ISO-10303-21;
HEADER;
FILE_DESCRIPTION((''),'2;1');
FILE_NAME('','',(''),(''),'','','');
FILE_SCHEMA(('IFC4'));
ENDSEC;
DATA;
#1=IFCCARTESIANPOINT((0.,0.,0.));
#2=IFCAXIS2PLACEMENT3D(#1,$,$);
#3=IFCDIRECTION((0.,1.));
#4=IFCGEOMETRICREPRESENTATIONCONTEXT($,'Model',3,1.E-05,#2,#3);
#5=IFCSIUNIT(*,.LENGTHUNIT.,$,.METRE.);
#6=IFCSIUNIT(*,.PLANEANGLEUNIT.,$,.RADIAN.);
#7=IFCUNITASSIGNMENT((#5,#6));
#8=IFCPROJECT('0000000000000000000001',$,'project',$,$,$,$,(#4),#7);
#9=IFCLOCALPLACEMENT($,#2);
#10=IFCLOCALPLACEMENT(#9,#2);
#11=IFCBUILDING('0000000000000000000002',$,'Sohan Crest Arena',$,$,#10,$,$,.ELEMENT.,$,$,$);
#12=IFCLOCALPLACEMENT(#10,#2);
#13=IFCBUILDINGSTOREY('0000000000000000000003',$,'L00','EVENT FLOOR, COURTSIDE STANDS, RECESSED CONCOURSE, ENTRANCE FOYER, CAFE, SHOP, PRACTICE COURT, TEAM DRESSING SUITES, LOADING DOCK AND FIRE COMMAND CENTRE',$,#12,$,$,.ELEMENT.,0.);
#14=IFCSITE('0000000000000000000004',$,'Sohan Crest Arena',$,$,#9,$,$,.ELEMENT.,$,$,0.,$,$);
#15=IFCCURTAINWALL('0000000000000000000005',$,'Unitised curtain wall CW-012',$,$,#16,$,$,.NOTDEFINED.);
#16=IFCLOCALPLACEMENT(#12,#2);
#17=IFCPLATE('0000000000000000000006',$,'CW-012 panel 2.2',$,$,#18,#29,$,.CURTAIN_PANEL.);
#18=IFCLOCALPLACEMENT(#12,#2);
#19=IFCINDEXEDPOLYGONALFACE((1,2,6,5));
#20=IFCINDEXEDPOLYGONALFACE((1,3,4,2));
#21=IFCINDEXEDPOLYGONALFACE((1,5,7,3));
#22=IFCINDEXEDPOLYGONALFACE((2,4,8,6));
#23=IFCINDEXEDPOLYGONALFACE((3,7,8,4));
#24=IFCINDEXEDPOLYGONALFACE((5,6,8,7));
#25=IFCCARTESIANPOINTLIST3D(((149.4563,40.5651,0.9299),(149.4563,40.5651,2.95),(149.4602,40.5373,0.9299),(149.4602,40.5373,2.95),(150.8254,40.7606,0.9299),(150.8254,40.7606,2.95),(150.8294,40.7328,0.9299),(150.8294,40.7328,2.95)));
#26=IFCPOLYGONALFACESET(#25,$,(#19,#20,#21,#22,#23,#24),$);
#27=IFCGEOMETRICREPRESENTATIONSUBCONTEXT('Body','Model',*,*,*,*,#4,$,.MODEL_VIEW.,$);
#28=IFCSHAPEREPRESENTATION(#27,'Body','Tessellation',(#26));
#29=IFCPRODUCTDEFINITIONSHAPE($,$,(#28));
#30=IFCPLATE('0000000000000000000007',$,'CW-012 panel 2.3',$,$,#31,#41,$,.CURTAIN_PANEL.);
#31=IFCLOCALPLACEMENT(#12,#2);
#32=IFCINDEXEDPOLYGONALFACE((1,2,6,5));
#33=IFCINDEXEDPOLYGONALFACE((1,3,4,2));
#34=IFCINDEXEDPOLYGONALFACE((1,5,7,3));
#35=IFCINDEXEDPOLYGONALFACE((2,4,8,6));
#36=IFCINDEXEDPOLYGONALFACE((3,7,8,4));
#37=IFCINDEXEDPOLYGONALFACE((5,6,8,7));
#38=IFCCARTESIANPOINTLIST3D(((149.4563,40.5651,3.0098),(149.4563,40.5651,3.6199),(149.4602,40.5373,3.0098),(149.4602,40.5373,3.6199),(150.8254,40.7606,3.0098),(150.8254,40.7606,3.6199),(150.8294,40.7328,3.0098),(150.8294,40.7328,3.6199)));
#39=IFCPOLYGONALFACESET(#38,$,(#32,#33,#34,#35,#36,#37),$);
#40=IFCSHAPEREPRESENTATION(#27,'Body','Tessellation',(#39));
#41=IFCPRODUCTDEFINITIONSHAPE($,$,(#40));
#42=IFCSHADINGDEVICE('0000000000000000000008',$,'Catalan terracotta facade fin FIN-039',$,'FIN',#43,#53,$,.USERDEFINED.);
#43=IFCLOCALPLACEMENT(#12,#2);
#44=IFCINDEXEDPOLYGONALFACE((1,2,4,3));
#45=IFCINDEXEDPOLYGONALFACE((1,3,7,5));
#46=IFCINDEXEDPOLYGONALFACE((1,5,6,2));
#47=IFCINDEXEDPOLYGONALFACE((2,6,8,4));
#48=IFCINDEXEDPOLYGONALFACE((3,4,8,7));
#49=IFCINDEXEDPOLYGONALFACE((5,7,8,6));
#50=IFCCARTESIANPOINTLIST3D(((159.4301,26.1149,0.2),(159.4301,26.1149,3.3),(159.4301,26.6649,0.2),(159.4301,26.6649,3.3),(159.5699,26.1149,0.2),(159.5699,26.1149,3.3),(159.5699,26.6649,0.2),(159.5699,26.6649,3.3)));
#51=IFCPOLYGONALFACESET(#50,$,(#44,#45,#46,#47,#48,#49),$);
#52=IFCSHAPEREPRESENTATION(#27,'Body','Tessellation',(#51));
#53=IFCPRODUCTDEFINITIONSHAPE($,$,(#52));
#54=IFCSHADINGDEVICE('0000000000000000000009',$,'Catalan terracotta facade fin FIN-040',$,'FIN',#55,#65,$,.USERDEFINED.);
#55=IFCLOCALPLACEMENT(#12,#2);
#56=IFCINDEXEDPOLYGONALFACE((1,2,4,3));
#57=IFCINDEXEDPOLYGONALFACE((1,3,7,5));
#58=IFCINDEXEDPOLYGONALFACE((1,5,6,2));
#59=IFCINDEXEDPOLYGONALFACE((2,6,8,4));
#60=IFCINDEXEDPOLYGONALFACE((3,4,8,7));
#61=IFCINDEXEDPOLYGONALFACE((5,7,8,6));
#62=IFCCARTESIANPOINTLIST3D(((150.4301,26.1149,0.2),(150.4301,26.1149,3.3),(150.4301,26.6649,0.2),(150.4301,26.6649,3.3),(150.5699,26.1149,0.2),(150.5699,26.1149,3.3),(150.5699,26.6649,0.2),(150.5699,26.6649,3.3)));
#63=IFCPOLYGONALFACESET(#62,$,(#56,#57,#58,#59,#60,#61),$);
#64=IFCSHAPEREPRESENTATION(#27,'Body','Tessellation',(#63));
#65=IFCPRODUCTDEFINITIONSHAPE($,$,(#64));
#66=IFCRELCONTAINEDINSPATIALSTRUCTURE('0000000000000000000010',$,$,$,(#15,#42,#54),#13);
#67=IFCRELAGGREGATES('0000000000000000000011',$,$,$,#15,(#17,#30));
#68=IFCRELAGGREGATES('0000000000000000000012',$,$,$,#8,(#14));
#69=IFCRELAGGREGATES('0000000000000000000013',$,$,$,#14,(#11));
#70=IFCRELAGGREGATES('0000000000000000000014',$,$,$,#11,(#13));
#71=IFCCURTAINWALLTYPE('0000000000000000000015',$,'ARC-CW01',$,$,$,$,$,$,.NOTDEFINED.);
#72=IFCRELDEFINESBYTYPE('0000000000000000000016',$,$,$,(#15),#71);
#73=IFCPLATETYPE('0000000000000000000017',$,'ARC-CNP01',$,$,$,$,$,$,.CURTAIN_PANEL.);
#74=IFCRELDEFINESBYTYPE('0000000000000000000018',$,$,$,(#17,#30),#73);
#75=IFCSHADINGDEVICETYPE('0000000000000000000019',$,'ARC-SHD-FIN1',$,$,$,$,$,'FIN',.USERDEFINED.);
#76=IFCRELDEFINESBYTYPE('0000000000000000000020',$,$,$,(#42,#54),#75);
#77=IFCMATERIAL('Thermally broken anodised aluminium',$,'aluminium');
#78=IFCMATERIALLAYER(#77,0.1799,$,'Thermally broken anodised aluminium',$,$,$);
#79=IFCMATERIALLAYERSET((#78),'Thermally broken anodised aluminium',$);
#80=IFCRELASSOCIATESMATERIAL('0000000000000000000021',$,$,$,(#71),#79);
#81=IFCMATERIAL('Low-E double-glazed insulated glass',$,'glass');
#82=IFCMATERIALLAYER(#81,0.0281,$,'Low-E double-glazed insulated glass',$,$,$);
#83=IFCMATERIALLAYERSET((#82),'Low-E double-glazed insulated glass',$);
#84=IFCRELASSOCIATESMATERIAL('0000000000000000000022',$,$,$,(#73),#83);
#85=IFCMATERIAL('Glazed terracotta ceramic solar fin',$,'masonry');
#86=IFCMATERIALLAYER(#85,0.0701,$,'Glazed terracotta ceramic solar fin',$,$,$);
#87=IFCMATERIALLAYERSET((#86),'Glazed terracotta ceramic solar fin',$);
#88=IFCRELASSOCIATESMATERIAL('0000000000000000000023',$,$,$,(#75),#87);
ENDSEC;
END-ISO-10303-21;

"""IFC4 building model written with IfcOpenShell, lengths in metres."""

from ifc_helpers import new_model, si_unit, direction, frame, origin, origin_2d, place, context, subcontext, project, spatial, rectangle, extrude, material, layer, layer_set, type_object, element, aggregate, save


model = new_model("IFC4")

# Units and contexts
model_context = context("Model", 3, precision=1e-05, world=origin(), true_north=direction((0.0, 1.0)))
body_context = subcontext(model_context, "Body", "Model", "MODEL_VIEW")
ifc_project = project(units=[si_unit("LENGTHUNIT", "METRE"), si_unit("PLANEANGLEUNIT", "RADIAN")], contexts=[model_context])

# Site, building, storey
site_placement = place(None, origin())
site = spatial("IfcSite", under=ifc_project, at=site_placement, Name="Sohan Crest Arena", CompositionType="ELEMENT", RefElevation=0.0)
building_placement = place(site_placement, origin())
building = spatial("IfcBuilding", under=site, at=building_placement, Name="Sohan Crest Arena", CompositionType="ELEMENT")
storey_placement = place(building_placement, origin())
storey = spatial("IfcBuildingStorey", under=building, at=storey_placement, Name="L00", Description="EVENT FLOOR, COURTSIDE STANDS, RECESSED CONCOURSE, ENTRANCE FOYER, CAFE, SHOP, PRACTICE COURT, TEAM DRESSING SUITES, LOADING DOCK AND FIRE COMMAND CENTRE", CompositionType="ELEMENT", Elevation=0.0)

# Curtain wall
ifc_material_1 = material(Name="Thermally broken anodised aluminium", Category="aluminium")
ifc_layer_1 = layer(ifc_material_1, 0.1799, Name="Thermally broken anodised aluminium")
ifc_layer_set_1 = layer_set([ifc_layer_1], Name="Thermally broken anodised aluminium")
curtain_wall_type = type_object("IfcCurtainWallType", Name="ARC-CW01", PredefinedType="NOTDEFINED", material=ifc_layer_set_1)
curtain_wall_placement = place(storey_placement, origin())
curtain_wall = element("IfcCurtainWall", 1, at=curtain_wall_placement, inside=storey, type_object=curtain_wall_type, Name="Unitised curtain wall CW-012", PredefinedType="NOTDEFINED")

# Plates
ifc_material_2 = material(Name="Low-E double-glazed insulated glass", Category="glass")
ifc_layer_2 = layer(ifc_material_2, 0.0281, Name="Low-E double-glazed insulated glass")
ifc_layer_set_2 = layer_set([ifc_layer_2], Name="Low-E double-glazed insulated glass")
plate_type = type_object("IfcPlateType", Name="ARC-CNP01", PredefinedType="CURTAIN_PANEL", material=ifc_layer_set_2)
plate_1_placement = place(storey_placement, frame((150.1428, 40.6489, 0.9299), z_axis=(0.0, 0.0, 1.0), x_axis=(0.989957, 0.141366, 0.0)))
plate_1 = element("IfcPlate", 2, at=plate_1_placement, type_object=plate_type, Name="CW-012 panel 2.2", PredefinedType="CURTAIN_PANEL", context=body_context, shape_type="SweptSolid", body=[
    extrude(rectangle(XDim=1.3831, YDim=0.0281, at=origin_2d()), origin(), (0.0, 0.0, 1.0), 2.02),
])
plate_2_placement = place(storey_placement, frame((150.1428, 40.6489, 3.0098), z_axis=(0.0, 0.0, 1.0), x_axis=(0.989957, 0.141366, 0.0)))
plate_2 = element("IfcPlate", 3, at=plate_2_placement, type_object=plate_type, Name="CW-012 panel 2.3", PredefinedType="CURTAIN_PANEL", context=body_context, shape_type="SweptSolid", body=[
    extrude(rectangle(XDim=1.3831, YDim=0.0281, at=origin_2d()), origin(), (0.0, 0.0, 1.0), 0.6101),
])
aggregate(curtain_wall, [plate_1, plate_2])

# Shading devices
ifc_material_3 = material(Name="Glazed terracotta ceramic solar fin", Category="masonry")
ifc_layer_3 = layer(ifc_material_3, 0.0701, Name="Glazed terracotta ceramic solar fin")
ifc_layer_set_3 = layer_set([ifc_layer_3], Name="Glazed terracotta ceramic solar fin")
shading_device_type = type_object("IfcShadingDeviceType", Name="ARC-SHD-FIN1", ElementType="FIN", PredefinedType="USERDEFINED", material=ifc_layer_set_3)
for number, where, z_axis, x_axis, name in (
    (4, (159.5, 26.3899, 0.2), (0.0, 0.0, 1.0), (-1.0, 0.0, 0.0), "Catalan terracotta facade fin FIN-039"),
    (5, (150.5, 26.3899, 0.2), (0.0, 0.0, 1.0), (-1.0, 0.0, 0.0), "Catalan terracotta facade fin FIN-040"),
):
    element("IfcShadingDevice", number, at=place(storey_placement, frame(where, z_axis=z_axis, x_axis=x_axis)), inside=storey, type_object=shading_device_type, Name=name, ObjectType="FIN", PredefinedType="USERDEFINED", context=body_context, shape_type="SweptSolid", body=[
        extrude(rectangle(XDim=0.1399, YDim=0.55, at=origin_2d()), origin(), (0.0, 0.0, 1.0), 3.1001),
    ])

save(model, "model.ifc")
